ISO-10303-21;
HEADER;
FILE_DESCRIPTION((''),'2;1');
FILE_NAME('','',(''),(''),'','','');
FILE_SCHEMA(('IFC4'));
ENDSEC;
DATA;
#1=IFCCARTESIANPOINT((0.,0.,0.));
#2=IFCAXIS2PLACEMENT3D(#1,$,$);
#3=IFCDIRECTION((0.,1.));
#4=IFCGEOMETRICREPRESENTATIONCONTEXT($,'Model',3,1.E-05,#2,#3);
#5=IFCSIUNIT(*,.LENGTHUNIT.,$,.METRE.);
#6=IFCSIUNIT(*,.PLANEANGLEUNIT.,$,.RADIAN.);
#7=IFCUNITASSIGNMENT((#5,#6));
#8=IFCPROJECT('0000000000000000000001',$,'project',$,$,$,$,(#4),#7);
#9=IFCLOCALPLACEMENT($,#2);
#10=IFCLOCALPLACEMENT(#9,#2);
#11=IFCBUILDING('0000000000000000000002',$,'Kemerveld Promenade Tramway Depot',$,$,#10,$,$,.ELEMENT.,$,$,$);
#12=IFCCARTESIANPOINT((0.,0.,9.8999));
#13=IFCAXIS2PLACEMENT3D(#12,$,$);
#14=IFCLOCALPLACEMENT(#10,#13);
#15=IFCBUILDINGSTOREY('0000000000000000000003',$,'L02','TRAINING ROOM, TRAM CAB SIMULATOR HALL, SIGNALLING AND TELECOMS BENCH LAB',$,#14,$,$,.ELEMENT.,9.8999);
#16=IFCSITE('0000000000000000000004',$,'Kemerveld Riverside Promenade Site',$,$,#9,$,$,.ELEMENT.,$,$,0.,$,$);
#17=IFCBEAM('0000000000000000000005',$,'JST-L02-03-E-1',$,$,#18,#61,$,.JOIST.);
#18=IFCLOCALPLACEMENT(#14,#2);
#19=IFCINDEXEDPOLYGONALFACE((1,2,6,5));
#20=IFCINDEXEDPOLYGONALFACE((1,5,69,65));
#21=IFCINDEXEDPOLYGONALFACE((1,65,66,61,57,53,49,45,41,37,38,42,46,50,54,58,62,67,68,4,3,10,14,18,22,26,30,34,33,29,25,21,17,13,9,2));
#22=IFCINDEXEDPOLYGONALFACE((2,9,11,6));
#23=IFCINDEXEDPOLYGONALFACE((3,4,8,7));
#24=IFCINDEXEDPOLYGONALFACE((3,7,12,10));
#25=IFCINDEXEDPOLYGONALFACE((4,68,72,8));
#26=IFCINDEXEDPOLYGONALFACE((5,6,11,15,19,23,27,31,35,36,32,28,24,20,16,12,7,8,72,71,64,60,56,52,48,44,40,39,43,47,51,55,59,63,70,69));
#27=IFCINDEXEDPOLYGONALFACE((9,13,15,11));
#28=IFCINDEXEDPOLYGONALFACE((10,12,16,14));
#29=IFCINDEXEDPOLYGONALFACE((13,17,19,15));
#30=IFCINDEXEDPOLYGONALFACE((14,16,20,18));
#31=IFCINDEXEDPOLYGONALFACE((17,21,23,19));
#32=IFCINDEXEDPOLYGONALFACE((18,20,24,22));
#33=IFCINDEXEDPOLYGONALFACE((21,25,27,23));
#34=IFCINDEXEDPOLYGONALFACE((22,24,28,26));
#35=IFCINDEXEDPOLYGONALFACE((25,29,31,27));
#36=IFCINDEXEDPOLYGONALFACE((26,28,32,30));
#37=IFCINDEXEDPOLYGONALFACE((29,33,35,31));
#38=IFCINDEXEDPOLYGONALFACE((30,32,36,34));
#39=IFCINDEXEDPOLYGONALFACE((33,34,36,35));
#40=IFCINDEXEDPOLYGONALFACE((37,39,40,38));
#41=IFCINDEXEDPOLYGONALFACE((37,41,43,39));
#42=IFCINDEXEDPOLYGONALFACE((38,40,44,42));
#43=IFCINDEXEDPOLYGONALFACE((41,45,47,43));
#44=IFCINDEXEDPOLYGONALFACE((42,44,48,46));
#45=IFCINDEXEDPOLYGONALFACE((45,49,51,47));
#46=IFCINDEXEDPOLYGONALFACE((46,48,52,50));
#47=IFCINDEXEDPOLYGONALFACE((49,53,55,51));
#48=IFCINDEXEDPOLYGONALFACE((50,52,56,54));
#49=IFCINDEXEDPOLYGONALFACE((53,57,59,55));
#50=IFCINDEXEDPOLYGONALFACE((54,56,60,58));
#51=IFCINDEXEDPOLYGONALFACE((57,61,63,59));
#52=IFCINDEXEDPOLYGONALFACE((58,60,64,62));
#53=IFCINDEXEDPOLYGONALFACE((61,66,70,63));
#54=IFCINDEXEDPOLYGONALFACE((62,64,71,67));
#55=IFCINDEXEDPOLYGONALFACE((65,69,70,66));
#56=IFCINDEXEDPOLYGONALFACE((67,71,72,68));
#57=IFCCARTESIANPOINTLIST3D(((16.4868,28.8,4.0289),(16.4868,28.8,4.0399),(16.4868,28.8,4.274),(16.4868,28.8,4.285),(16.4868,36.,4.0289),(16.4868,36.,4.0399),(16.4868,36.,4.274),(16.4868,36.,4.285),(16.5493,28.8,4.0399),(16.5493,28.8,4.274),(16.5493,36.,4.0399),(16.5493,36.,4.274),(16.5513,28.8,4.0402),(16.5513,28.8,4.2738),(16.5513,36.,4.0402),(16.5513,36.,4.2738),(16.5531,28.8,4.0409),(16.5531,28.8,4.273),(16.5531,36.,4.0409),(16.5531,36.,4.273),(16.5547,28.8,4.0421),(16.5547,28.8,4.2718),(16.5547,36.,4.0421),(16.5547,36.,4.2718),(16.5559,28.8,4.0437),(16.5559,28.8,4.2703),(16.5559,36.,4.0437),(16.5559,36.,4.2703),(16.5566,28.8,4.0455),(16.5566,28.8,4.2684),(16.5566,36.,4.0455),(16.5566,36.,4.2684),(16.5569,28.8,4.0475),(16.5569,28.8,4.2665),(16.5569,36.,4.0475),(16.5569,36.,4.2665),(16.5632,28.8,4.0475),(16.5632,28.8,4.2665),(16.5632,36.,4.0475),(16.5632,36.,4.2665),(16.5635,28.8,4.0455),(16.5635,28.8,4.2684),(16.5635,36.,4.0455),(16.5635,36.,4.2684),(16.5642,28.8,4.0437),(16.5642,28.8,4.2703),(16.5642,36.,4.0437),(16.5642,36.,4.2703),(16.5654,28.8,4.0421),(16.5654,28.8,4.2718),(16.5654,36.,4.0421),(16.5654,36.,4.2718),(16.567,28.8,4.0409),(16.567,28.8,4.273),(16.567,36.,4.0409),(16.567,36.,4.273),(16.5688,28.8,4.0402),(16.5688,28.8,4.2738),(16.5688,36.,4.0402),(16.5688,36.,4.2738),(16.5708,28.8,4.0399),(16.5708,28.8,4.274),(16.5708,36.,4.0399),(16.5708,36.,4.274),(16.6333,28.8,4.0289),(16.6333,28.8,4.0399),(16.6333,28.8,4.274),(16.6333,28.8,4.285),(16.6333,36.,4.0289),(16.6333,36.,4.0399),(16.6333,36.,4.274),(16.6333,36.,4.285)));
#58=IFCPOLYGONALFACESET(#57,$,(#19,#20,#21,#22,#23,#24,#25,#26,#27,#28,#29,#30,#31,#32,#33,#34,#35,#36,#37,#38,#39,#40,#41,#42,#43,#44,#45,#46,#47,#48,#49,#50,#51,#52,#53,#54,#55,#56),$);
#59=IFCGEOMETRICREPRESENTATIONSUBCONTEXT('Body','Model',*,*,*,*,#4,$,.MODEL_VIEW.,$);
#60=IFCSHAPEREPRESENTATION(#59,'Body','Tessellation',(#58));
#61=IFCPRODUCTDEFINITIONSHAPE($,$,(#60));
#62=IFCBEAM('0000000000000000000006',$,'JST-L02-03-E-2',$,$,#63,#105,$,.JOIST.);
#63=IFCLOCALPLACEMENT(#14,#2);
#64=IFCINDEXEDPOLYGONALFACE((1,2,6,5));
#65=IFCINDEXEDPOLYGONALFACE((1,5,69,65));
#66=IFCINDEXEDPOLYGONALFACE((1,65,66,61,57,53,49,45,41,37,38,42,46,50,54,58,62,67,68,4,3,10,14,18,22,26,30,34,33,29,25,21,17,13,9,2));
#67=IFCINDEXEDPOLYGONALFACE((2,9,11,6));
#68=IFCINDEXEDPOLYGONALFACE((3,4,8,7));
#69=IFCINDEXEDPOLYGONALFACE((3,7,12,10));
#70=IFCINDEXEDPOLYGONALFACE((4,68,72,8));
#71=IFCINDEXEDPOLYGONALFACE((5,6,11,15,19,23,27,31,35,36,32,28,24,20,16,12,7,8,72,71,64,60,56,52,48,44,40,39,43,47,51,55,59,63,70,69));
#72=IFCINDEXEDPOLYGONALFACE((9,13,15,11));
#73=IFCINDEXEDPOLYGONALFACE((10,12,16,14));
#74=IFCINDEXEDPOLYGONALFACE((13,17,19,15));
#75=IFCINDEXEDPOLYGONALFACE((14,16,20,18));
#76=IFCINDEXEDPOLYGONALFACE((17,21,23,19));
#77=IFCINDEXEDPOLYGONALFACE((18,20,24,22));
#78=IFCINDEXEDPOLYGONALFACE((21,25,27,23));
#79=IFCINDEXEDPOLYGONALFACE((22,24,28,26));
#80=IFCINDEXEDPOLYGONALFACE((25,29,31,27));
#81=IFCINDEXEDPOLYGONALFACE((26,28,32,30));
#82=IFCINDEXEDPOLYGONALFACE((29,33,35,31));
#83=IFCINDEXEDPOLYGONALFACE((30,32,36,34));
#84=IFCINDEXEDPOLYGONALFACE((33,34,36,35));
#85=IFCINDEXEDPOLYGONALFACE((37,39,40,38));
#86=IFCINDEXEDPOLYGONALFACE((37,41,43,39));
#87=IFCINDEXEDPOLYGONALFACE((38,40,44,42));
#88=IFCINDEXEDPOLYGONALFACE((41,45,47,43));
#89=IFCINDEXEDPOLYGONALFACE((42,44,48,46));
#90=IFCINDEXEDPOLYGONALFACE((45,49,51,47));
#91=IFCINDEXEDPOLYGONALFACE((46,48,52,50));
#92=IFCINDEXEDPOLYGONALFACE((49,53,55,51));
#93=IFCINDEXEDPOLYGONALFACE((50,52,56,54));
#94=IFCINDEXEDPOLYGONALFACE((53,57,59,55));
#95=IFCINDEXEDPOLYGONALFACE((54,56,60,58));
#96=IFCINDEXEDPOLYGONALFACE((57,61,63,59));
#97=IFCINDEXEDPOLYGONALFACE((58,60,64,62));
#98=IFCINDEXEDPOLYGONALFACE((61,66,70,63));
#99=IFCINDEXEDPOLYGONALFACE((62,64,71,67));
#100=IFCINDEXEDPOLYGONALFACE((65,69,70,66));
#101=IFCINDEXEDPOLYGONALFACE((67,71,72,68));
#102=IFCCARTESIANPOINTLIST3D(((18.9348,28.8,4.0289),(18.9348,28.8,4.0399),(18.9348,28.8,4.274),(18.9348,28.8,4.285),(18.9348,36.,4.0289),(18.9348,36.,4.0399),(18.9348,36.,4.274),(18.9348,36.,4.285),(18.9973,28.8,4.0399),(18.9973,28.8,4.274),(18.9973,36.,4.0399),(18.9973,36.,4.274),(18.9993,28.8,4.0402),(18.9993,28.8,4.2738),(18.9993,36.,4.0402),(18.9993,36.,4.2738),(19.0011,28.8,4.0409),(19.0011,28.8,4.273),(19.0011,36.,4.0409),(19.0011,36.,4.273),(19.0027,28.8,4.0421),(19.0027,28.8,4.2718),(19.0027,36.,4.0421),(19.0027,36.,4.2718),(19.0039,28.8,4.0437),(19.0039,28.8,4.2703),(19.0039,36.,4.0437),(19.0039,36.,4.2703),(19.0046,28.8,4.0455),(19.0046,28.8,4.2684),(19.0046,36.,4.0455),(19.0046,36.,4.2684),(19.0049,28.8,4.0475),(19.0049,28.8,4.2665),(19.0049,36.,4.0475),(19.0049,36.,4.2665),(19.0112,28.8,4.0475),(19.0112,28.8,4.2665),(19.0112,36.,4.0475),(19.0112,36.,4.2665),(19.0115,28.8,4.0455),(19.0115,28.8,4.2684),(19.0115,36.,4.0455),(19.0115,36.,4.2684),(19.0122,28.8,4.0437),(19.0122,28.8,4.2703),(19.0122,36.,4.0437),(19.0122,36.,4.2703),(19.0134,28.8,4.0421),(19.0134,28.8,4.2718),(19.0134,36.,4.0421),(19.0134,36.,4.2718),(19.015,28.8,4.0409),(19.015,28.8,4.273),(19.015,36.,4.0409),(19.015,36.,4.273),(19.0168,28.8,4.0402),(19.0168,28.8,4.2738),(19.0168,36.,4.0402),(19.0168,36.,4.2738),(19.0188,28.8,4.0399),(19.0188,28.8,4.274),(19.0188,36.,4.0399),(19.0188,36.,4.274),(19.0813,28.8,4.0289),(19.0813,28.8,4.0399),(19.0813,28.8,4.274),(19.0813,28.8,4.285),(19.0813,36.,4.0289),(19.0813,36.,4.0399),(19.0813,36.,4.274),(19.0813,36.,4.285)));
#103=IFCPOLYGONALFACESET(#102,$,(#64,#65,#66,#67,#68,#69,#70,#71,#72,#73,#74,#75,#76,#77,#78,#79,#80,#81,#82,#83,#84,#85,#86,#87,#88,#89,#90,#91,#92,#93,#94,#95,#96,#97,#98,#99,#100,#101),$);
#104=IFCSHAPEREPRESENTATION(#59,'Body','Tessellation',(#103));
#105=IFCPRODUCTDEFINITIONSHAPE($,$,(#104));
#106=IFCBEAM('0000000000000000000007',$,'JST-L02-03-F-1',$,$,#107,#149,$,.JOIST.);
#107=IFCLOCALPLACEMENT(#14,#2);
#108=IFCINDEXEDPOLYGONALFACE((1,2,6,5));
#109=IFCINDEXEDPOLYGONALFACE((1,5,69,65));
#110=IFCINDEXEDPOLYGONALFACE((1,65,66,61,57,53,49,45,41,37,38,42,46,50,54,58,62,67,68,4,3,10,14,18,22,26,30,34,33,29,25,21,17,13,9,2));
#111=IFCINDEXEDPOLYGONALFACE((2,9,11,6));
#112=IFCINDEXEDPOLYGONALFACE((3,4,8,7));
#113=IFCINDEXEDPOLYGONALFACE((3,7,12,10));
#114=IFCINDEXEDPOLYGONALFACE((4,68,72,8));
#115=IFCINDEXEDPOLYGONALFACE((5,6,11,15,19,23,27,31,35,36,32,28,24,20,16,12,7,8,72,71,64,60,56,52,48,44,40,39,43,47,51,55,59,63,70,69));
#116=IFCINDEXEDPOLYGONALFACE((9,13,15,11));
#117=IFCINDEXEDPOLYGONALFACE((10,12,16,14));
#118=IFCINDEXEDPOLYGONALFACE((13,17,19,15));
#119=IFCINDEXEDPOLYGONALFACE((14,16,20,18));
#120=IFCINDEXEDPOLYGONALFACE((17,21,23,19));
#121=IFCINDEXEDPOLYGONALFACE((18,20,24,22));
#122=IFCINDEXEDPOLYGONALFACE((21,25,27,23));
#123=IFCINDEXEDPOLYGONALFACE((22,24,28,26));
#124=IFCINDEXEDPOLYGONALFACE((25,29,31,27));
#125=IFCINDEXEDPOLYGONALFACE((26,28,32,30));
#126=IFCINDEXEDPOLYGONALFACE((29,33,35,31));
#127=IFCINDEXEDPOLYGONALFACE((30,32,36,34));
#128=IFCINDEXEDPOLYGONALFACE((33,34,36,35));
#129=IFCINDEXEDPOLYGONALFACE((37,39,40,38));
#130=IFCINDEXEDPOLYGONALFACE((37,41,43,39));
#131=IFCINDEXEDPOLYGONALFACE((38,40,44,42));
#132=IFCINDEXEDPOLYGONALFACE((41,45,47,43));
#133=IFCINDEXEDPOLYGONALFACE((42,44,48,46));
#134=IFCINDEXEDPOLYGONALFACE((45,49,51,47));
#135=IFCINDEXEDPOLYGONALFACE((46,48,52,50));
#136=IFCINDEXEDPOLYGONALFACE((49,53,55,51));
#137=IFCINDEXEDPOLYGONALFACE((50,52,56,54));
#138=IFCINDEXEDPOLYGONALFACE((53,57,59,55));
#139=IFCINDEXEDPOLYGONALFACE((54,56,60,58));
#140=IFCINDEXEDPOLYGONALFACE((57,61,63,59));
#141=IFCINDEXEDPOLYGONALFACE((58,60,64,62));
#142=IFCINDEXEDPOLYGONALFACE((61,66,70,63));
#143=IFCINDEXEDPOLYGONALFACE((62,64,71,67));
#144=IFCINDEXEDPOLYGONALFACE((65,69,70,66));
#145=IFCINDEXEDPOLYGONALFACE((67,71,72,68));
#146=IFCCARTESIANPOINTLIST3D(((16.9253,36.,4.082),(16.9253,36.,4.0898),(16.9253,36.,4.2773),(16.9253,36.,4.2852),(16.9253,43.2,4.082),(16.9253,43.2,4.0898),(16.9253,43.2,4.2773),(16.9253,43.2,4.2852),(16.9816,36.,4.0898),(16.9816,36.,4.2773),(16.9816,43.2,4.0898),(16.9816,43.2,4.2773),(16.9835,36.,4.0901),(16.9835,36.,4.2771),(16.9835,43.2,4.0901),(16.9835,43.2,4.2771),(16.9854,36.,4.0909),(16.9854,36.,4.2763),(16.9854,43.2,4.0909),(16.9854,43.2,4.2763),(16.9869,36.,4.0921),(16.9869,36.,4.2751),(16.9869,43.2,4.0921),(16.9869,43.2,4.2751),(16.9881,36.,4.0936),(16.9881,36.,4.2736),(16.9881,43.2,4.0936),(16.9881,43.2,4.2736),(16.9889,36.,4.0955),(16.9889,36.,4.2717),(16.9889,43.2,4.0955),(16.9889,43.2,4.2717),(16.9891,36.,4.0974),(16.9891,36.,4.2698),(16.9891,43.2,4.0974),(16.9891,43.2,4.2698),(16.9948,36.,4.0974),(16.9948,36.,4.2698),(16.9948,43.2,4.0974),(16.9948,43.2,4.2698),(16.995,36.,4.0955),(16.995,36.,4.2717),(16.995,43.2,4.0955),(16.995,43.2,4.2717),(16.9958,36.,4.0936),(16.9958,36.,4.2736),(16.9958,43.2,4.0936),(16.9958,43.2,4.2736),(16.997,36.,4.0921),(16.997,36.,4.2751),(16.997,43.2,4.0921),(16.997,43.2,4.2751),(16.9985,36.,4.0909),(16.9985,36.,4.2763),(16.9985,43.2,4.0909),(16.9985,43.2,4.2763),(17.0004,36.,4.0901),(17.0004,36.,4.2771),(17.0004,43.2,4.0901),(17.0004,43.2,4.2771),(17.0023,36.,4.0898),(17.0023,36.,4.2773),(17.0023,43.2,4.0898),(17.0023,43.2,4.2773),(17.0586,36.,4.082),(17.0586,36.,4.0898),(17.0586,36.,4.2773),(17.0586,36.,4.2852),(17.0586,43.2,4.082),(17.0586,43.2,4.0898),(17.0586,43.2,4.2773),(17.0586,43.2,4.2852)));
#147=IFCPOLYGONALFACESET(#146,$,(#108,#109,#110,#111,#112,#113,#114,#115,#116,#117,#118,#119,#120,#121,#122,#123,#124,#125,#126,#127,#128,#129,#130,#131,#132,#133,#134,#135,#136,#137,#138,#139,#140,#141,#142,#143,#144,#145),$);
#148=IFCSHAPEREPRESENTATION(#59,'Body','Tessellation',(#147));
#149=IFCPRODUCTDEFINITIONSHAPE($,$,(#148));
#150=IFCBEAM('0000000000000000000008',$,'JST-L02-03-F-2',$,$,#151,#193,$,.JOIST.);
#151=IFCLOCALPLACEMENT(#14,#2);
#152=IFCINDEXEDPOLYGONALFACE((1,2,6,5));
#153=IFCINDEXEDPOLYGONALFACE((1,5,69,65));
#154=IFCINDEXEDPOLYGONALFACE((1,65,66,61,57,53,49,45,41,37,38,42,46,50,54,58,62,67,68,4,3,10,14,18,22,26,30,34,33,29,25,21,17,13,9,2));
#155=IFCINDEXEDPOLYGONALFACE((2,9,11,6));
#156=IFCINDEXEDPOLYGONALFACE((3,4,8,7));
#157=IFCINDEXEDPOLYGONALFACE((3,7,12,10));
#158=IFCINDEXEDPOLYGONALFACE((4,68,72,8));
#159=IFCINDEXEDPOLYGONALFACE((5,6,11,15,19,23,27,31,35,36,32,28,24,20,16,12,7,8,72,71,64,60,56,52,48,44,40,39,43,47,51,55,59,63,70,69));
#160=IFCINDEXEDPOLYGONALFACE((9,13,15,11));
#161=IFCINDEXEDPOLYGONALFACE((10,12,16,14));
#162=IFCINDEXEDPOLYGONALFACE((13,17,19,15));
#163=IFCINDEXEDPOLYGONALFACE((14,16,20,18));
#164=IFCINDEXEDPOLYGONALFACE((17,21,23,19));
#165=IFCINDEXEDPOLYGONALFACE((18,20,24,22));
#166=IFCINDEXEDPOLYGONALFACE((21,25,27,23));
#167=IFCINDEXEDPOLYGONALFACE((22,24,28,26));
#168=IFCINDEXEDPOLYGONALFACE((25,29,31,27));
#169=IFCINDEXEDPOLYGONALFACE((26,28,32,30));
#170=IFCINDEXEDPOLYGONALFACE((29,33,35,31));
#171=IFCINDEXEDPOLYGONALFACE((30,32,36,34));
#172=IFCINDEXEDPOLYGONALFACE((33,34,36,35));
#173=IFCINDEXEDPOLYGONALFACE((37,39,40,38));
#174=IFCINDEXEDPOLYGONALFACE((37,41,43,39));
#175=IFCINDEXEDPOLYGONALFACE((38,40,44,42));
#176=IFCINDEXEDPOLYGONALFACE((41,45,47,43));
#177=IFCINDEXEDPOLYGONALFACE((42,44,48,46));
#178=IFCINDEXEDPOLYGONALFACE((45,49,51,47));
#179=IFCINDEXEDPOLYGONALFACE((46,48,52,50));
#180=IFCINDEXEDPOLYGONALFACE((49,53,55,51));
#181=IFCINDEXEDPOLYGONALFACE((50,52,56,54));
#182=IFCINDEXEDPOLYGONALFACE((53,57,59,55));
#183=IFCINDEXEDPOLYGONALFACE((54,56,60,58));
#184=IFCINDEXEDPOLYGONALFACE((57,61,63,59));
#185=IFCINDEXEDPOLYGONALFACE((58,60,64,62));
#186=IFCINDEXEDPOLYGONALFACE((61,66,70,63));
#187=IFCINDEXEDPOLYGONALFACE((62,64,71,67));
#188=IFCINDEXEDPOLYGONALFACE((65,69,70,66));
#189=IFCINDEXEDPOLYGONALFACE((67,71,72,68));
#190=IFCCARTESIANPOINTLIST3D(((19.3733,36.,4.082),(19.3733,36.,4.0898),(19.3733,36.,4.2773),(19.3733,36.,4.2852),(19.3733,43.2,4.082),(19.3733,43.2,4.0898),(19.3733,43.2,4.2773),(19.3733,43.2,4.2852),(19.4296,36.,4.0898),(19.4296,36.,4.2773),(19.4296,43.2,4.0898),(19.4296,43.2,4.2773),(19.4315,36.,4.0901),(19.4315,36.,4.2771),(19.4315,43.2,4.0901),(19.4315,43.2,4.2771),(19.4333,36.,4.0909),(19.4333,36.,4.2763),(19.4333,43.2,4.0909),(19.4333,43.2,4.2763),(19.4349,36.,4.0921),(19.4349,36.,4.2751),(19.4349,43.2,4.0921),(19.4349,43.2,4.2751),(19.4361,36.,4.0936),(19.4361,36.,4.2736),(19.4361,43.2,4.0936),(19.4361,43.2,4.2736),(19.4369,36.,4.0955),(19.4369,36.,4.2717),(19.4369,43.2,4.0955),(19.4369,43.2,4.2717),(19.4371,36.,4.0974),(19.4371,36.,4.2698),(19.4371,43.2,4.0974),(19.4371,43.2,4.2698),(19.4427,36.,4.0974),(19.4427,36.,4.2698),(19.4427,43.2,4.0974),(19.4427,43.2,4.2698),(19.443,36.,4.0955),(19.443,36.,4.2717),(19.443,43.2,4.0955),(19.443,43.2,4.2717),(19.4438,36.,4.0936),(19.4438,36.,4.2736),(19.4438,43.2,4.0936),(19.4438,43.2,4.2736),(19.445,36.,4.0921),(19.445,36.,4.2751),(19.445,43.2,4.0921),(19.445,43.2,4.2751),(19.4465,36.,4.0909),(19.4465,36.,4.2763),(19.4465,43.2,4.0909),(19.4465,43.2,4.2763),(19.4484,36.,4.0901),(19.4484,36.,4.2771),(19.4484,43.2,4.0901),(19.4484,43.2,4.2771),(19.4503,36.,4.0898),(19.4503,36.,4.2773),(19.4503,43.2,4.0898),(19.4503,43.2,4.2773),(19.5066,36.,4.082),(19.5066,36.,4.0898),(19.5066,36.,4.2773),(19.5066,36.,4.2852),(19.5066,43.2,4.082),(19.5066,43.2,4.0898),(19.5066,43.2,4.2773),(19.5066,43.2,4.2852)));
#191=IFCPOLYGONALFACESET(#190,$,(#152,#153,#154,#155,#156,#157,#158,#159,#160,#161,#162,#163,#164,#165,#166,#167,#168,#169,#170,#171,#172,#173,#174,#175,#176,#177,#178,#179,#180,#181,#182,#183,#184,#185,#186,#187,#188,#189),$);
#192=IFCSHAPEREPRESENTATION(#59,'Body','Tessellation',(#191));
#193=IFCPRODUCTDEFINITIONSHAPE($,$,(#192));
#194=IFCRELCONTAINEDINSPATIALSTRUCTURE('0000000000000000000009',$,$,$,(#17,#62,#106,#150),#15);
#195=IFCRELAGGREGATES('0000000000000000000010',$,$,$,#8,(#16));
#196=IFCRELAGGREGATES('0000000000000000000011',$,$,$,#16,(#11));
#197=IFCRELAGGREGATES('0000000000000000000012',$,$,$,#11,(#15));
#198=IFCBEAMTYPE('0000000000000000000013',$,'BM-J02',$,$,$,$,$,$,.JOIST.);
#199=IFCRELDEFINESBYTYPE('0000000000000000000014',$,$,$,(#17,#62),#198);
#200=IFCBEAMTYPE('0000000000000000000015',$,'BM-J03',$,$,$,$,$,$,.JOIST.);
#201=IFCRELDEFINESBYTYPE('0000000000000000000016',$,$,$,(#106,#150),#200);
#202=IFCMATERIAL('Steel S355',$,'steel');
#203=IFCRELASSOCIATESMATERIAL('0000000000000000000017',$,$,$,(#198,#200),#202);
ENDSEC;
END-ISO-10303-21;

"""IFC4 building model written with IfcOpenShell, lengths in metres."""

from ifc_helpers import new_model, si_unit, direction, frame, origin, origin_2d, place, context, subcontext, project, spatial, i_section, extrude, material, material_profile, profile_set, type_object, element, save


model = new_model("IFC4")

# Units and contexts
model_context = context("Model", 3, precision=1e-05, world=origin(), true_north=direction((0.0, 1.0)))
body_context = subcontext(model_context, "Body", "Model", "MODEL_VIEW")
ifc_project = project(units=[si_unit("LENGTHUNIT", "METRE"), si_unit("PLANEANGLEUNIT", "RADIAN")], contexts=[model_context])

# Site, building, storey
site_placement = place(None, origin())
site = spatial("IfcSite", under=ifc_project, at=site_placement, Name="Kemerveld Riverside Promenade Site", CompositionType="ELEMENT", RefElevation=0.0)
building_placement = place(site_placement, origin())
building = spatial("IfcBuilding", under=site, at=building_placement, Name="Kemerveld Promenade Tramway Depot", CompositionType="ELEMENT")
storey_placement = place(building_placement, frame((0.0, 0.0, 9.8999)))
storey = spatial("IfcBuildingStorey", under=building, at=storey_placement, Name="L02", Description="TRAINING ROOM, TRAM CAB SIMULATOR HALL, SIGNALLING AND TELECOMS BENCH LAB", CompositionType="ELEMENT", Elevation=9.8999)

# Shared definitions
ifc_material_1 = material(Name="Steel S355", Category="steel")

# Beams
ifc_material_profile_1 = material_profile(ifc_material_1, i_section(OverallWidth=0.1465, OverallDepth=0.2561, WebThickness=0.0063, FlangeThickness=0.011, FilletRadius=0.0076, at=origin_2d()), Name="254x146x37 UB")
ifc_profile_set_1 = profile_set([ifc_material_profile_1], Name="Steel S355")
beam_type_1 = type_object("IfcBeamType", Name="BM-J02", PredefinedType="JOIST", material=ifc_profile_set_1)
for number, where, z_axis, x_axis, name in (
    (1, (16.5601, 28.8, 4.157), (0.0, 1.0, 0.0), (-1.0, 0.0, 0.0), "JST-L02-03-E-1"),
    (2, (19.0081, 28.8, 4.157), (0.0, 1.0, 0.0), (-1.0, 0.0, 0.0), "JST-L02-03-E-2"),
):
    element("IfcBeam", number, at=place(storey_placement, frame(where, z_axis=z_axis, x_axis=x_axis)), inside=storey, type_object=beam_type_1, Name=name, PredefinedType="JOIST", context=body_context, shape_type="SweptSolid", body=[
        extrude(i_section(OverallWidth=0.1465, OverallDepth=0.2561, WebThickness=0.0063, FlangeThickness=0.011, FilletRadius=0.0076, at=origin_2d()), origin(), (0.0, 0.0, 1.0), 7.2),
    ])
ifc_material_profile_2 = material_profile(ifc_material_1, i_section(OverallWidth=0.1333, OverallDepth=0.2031, WebThickness=0.0056, FlangeThickness=0.0078, FilletRadius=0.0076, at=origin_2d()), Name="203x133x25 UB")
ifc_profile_set_2 = profile_set([ifc_material_profile_2], Name="Steel S355")
beam_type_2 = type_object("IfcBeamType", Name="BM-J03", PredefinedType="JOIST", material=ifc_profile_set_2)
for number, where, z_axis, x_axis, name in (
    (3, (16.9919, 36.0, 4.1836), (0.0, 1.0, 0.0), (-1.0, 0.0, 0.0), "JST-L02-03-F-1"),
    (4, (19.4399, 36.0, 4.1836), (0.0, 1.0, 0.0), (-1.0, 0.0, 0.0), "JST-L02-03-F-2"),
):
    element("IfcBeam", number, at=place(storey_placement, frame(where, z_axis=z_axis, x_axis=x_axis)), inside=storey, type_object=beam_type_2, Name=name, PredefinedType="JOIST", context=body_context, shape_type="SweptSolid", body=[
        extrude(i_section(OverallWidth=0.1333, OverallDepth=0.2031, WebThickness=0.0056, FlangeThickness=0.0078, FilletRadius=0.0076, at=origin_2d()), origin(), (0.0, 0.0, 1.0), 7.2),
    ])

save(model, "model.ifc")
